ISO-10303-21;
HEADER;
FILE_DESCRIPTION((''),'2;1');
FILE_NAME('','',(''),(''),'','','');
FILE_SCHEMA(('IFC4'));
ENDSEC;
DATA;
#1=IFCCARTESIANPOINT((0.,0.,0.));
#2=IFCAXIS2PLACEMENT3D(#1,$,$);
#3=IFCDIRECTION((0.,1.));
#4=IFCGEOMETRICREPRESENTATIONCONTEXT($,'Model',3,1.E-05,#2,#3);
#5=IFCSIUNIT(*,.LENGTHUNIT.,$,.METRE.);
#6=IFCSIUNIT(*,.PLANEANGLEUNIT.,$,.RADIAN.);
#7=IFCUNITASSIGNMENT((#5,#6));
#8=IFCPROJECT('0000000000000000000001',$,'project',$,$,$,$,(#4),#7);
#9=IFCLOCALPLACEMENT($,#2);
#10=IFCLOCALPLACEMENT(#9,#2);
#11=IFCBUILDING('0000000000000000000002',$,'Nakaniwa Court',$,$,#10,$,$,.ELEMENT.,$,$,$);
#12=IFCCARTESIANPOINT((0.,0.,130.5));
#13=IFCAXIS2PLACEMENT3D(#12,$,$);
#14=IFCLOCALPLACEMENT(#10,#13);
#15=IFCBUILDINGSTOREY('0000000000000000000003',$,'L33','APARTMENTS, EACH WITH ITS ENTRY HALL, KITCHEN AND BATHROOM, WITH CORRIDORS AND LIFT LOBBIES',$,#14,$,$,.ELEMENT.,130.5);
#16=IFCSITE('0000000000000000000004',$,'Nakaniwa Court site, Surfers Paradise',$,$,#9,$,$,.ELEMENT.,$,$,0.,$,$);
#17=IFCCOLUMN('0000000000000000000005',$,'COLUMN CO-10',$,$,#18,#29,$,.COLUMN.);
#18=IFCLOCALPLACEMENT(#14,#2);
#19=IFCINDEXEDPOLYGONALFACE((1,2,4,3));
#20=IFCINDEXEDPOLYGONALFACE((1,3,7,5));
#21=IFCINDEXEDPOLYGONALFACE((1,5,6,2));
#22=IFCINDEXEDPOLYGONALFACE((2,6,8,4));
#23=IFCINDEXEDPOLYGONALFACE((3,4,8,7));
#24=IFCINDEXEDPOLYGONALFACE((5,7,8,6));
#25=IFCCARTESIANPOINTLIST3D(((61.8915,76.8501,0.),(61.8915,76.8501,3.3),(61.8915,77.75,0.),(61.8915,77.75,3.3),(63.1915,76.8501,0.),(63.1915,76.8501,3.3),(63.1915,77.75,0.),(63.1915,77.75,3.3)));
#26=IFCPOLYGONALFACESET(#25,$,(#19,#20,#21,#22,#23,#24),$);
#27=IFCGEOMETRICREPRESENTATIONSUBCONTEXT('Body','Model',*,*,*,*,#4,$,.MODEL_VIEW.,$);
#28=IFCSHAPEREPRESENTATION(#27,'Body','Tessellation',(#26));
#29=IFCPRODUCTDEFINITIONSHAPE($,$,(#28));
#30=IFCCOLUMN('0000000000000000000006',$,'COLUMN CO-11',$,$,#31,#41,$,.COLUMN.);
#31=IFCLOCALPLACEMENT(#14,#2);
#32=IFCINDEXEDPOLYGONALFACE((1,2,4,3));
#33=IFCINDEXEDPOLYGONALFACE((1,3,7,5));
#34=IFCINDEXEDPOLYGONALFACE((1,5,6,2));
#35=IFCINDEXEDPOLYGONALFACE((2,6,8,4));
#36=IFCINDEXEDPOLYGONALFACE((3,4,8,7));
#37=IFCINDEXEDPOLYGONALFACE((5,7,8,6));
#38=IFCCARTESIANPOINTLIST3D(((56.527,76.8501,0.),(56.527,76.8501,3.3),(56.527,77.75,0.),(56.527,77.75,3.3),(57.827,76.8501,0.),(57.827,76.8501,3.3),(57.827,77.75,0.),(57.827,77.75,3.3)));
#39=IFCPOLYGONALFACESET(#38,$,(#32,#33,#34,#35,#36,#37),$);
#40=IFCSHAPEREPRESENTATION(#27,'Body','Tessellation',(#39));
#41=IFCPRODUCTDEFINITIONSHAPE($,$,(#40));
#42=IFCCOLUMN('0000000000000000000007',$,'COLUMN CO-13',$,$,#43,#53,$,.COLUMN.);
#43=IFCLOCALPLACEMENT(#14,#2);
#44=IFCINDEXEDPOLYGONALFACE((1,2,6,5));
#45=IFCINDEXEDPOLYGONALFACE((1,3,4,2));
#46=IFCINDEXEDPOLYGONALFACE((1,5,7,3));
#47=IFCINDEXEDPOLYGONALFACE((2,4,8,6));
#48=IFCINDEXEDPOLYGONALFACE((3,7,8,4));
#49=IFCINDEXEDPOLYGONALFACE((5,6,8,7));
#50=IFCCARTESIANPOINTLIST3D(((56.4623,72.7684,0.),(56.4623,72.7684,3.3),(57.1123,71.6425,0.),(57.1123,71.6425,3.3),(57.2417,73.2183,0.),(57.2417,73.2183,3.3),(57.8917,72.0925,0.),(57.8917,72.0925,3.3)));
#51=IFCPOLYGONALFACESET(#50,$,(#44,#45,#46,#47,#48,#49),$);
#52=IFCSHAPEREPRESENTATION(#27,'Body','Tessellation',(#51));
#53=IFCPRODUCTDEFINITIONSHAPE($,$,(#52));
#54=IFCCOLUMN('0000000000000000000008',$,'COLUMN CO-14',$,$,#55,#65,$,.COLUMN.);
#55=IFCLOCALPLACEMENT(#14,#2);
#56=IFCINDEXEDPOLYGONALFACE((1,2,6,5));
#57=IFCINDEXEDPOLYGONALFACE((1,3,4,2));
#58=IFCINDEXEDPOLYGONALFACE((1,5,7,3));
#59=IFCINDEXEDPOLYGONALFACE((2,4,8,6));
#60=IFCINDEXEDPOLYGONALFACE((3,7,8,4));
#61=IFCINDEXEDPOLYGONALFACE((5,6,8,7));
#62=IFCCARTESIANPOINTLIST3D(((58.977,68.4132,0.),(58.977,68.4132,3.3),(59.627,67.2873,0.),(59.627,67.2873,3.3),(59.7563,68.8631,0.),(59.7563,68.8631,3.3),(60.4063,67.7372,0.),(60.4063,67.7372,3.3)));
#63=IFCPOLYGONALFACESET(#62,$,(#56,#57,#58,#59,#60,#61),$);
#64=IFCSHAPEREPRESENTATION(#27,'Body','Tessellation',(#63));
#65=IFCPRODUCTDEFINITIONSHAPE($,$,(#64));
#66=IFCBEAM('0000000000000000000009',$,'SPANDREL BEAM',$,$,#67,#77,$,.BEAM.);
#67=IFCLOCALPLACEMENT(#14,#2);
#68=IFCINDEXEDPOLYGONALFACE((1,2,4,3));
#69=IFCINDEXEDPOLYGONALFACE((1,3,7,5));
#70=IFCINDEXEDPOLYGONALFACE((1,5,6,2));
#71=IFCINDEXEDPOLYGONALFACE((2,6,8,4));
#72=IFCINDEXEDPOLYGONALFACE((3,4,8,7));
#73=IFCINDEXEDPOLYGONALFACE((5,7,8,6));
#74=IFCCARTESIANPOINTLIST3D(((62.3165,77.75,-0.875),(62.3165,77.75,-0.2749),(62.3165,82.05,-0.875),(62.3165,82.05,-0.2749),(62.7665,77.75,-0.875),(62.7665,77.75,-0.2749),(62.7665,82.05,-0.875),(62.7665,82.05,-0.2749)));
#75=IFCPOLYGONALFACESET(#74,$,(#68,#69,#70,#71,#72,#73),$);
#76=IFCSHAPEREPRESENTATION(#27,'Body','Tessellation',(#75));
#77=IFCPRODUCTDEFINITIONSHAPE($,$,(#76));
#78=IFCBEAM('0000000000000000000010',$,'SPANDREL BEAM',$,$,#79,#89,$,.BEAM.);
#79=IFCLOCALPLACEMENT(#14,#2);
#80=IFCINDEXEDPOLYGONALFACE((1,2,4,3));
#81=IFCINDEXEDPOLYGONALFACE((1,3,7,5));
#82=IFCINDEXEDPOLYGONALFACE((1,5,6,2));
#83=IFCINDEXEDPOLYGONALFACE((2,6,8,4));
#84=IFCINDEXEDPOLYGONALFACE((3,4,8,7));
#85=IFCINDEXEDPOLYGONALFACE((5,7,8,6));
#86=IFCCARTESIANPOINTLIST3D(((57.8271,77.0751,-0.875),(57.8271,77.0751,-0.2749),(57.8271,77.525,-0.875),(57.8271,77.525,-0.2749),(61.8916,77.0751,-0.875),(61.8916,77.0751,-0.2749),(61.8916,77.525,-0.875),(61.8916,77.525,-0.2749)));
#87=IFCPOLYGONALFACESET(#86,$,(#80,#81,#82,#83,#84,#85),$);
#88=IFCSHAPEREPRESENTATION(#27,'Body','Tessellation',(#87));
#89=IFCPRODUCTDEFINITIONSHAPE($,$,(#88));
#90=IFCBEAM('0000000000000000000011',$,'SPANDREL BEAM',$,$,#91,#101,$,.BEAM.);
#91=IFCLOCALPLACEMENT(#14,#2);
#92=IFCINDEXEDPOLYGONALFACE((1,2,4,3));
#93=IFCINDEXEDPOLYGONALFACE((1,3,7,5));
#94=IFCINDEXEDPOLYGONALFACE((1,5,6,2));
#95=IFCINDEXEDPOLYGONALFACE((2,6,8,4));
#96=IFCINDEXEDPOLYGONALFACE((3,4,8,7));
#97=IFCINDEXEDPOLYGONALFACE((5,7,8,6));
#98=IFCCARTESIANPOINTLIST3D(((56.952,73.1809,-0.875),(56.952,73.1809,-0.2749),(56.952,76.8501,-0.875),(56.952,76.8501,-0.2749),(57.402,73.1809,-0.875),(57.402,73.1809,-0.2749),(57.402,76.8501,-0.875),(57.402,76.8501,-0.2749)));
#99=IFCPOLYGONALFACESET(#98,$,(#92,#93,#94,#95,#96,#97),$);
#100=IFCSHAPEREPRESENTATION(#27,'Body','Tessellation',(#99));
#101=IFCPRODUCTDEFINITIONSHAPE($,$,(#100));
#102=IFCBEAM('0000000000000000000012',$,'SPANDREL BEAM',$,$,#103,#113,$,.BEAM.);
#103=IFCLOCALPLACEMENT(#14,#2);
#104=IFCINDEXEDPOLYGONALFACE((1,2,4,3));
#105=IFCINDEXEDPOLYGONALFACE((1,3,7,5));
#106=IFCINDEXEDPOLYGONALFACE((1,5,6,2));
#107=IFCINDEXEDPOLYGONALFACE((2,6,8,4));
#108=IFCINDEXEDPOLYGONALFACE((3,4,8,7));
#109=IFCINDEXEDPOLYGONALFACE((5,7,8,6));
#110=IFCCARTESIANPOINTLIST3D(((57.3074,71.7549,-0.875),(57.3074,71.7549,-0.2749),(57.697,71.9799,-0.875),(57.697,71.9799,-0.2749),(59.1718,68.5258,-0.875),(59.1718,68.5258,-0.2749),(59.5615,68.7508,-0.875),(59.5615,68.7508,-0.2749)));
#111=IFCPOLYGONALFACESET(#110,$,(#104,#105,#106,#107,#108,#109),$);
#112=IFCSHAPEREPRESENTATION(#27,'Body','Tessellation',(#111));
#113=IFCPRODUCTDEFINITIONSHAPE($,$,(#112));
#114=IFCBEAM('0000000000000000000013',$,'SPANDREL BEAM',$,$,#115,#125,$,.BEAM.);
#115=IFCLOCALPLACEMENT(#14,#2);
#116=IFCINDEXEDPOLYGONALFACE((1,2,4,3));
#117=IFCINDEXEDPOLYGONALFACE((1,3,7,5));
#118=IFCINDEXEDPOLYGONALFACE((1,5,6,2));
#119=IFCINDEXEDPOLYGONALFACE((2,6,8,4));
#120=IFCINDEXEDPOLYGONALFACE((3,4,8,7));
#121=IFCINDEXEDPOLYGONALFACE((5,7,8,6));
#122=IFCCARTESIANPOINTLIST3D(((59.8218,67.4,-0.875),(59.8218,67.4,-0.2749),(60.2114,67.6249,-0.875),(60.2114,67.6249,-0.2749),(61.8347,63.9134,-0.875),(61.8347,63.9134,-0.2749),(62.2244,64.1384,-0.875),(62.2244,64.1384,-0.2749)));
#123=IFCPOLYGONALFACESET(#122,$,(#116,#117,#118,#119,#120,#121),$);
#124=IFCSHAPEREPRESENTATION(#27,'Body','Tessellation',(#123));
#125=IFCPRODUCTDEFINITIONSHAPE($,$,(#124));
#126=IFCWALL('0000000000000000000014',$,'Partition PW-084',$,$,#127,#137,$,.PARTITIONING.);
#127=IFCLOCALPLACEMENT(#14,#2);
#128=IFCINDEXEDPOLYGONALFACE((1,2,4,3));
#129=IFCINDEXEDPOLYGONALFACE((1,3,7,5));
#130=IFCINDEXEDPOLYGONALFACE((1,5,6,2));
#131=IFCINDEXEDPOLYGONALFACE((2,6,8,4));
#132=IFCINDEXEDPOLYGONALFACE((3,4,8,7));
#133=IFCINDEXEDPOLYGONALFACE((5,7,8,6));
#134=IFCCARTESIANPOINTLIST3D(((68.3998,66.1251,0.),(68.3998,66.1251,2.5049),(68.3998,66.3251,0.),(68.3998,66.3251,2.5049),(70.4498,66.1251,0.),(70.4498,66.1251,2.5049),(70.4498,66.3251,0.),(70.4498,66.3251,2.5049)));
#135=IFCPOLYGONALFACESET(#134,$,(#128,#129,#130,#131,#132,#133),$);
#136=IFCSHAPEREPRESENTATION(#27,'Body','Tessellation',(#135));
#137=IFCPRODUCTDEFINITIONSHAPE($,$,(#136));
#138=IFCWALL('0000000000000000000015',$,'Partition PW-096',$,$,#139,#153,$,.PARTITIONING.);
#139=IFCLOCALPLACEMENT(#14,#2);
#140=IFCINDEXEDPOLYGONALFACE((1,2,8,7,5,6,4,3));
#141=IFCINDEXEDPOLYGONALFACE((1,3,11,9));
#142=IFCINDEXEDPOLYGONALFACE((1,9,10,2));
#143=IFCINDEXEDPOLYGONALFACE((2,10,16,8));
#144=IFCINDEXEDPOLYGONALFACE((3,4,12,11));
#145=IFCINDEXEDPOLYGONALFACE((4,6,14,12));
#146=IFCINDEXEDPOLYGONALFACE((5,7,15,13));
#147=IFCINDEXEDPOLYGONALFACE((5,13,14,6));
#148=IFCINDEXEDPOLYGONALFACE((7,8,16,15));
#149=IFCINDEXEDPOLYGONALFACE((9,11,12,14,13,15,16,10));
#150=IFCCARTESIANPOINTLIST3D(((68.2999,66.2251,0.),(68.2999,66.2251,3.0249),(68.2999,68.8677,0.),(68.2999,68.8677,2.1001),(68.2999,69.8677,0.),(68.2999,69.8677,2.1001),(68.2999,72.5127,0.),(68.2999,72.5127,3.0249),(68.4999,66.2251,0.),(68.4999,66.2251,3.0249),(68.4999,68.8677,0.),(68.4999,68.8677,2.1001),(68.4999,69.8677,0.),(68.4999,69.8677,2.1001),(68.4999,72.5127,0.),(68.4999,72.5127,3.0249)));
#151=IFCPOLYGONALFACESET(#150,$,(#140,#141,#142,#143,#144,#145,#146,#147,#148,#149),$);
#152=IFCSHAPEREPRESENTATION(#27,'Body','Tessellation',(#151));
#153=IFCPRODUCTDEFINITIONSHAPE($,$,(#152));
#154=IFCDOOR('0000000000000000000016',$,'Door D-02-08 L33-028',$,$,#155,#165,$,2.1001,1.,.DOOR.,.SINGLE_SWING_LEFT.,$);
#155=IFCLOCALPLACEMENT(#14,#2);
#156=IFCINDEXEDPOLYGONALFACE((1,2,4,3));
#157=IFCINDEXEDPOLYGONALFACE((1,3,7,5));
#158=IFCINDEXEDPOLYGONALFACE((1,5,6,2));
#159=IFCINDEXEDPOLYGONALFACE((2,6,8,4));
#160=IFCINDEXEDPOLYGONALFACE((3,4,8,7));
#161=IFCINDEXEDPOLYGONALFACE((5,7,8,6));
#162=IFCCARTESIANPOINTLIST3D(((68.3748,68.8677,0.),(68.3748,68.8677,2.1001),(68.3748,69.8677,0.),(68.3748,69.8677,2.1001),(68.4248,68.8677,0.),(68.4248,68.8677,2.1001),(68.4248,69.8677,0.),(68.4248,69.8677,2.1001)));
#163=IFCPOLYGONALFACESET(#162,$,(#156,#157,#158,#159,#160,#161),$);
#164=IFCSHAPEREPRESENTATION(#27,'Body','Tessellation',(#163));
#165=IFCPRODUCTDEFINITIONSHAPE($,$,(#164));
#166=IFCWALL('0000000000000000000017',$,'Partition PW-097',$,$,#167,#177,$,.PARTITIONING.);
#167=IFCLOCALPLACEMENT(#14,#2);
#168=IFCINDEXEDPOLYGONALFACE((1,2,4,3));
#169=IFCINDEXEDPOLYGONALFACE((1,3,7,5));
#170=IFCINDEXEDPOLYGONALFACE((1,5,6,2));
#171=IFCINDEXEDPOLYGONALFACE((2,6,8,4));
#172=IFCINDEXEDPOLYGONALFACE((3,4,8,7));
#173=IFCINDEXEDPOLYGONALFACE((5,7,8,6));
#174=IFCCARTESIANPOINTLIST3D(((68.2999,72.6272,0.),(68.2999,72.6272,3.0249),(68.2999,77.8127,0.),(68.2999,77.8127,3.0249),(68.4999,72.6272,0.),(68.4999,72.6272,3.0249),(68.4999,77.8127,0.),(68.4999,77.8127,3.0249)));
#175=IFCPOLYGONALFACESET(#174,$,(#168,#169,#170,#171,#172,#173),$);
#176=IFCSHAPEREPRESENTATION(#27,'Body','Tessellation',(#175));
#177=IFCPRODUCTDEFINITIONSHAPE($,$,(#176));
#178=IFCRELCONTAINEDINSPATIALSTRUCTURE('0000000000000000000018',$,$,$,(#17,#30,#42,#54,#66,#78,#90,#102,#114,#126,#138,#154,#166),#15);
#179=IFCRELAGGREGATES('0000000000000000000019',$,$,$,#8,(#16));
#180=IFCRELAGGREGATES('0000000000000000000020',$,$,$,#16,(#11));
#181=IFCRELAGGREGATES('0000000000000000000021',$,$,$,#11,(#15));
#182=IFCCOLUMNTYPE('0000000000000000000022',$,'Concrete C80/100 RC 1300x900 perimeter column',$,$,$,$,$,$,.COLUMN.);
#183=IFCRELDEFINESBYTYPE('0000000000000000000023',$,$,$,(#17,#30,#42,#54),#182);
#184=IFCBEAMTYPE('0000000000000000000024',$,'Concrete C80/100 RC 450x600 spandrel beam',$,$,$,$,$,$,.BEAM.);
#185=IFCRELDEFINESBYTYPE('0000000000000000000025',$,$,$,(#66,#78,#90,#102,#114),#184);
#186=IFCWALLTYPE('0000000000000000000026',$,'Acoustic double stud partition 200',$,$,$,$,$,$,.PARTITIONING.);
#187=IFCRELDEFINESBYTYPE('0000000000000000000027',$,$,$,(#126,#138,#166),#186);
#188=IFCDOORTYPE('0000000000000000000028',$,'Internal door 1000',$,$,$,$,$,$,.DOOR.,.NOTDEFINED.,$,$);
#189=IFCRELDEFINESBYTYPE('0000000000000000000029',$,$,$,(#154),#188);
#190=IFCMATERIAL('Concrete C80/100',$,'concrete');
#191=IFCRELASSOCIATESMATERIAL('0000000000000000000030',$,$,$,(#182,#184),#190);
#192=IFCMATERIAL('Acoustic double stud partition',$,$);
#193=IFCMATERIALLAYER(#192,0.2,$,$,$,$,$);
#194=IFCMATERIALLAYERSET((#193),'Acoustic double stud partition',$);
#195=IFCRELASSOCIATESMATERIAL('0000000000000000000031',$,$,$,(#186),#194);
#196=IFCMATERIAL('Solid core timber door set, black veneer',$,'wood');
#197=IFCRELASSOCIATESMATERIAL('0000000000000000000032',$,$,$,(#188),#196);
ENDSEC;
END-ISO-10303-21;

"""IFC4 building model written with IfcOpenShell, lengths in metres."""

from ifc_helpers import new_model, si_unit, direction, frame, frame_2d, origin, origin_2d, place, context, subcontext, project, spatial, rectangle, extrude, material, layer, layer_set, material_profile, profile_set, type_object, element, fill, save


model = new_model("IFC4")

# Units and contexts
model_context = context("Model", 3, precision=1e-05, world=origin(), true_north=direction((0.0, 1.0)))
body_context = subcontext(model_context, "Body", "Model", "MODEL_VIEW")
ifc_project = project(units=[si_unit("LENGTHUNIT", "METRE"), si_unit("PLANEANGLEUNIT", "RADIAN")], contexts=[model_context])

# Site, building, storey
site_placement = place(None, origin())
site = spatial("IfcSite", under=ifc_project, at=site_placement, Name="Nakaniwa Court site, Surfers Paradise", CompositionType="ELEMENT", RefElevation=0.0)
building_placement = place(site_placement, origin())
building = spatial("IfcBuilding", under=site, at=building_placement, Name="Nakaniwa Court", CompositionType="ELEMENT")
storey_placement = place(building_placement, frame((0.0, 0.0, 130.5)))
storey = spatial("IfcBuildingStorey", under=building, at=storey_placement, Name="L33", Description="APARTMENTS, EACH WITH ITS ENTRY HALL, KITCHEN AND BATHROOM, WITH CORRIDORS AND LIFT LOBBIES", CompositionType="ELEMENT", Elevation=130.5)

# Columns
ifc_material_1 = material(Name="Concrete C80/100", Category="concrete")
ifc_material_profile_1 = material_profile(ifc_material_1, rectangle(XDim=1.3, YDim=0.8999, at=origin_2d()), Name="Concrete C80/100 RC 1300x900 perimeter column")
ifc_profile_set_1 = profile_set([ifc_material_profile_1], Name="Concrete C80/100")
column_type = type_object("IfcColumnType", Name="Concrete C80/100 RC 1300x900 perimeter column", PredefinedType="COLUMN", material=ifc_profile_set_1)
for number, where, z_axis, x_axis, name in (
    (1, (62.5415, 77.3, 0.0), (0.0, 0.0, 1.0), (-1.0, 0.0, 0.0), "COLUMN CO-10"),
    (2, (57.177, 77.3, 0.0), (0.0, 0.0, 1.0), (-1.0, 0.0, 0.0), "COLUMN CO-11"),
    (3, (57.177, 72.4304, 0.0), (0.0, 0.0, 1.0), (0.5, -0.866025, 0.0), "COLUMN CO-13"),
    (4, (59.6917, 68.0752, 0.0), (0.0, 0.0, 1.0), (0.5, -0.866025, 0.0), "COLUMN CO-14"),
):
    element("IfcColumn", number, at=place(storey_placement, frame(where, z_axis=z_axis, x_axis=x_axis)), inside=storey, type_object=column_type, Name=name, PredefinedType="COLUMN", context=body_context, shape_type="SweptSolid", body=[
        extrude(rectangle(XDim=1.3, YDim=0.8999, at=origin_2d()), origin(), (0.0, 0.0, 1.0), 3.3),
    ])

# Beams
ifc_material_profile_2 = material_profile(ifc_material_1, rectangle(XDim=0.45, YDim=0.6001, at=origin_2d()), Name="Concrete C80/100 RC 450x600 spandrel beam")
ifc_profile_set_2 = profile_set([ifc_material_profile_2], Name="Concrete C80/100")
beam_type = type_object("IfcBeamType", Name="Concrete C80/100 RC 450x600 spandrel beam", PredefinedType="BEAM", material=ifc_profile_set_2)
beam_1_placement = place(storey_placement, frame((62.5415, 82.05, -0.575), z_axis=(0.0, -1.0, 0.0), x_axis=(1.0, 0.0, 0.0)))
element("IfcBeam", 5, at=beam_1_placement, inside=storey, type_object=beam_type, Name="SPANDREL BEAM", PredefinedType="BEAM", context=body_context, shape_type="SweptSolid", body=[
    extrude(rectangle(XDim=0.45, YDim=0.6001, at=origin_2d()), origin(), (0.0, 0.0, 1.0), 4.3),
])
beam_2_placement = place(storey_placement, frame((61.8916, 77.3, -0.575), z_axis=(-1.0, 0.0, 0.0), x_axis=(0.0, -1.0, 0.0)))
element("IfcBeam", 6, at=beam_2_placement, inside=storey, type_object=beam_type, Name="SPANDREL BEAM", PredefinedType="BEAM", context=body_context, shape_type="SweptSolid", body=[
    extrude(rectangle(XDim=0.45, YDim=0.6001, at=origin_2d()), origin(), (0.0, 0.0, 1.0), 4.0645),
])
beam_3_placement = place(storey_placement, frame((57.177, 76.8501, -0.575), z_axis=(0.0, -1.0, 0.0), x_axis=(1.0, 0.0, 0.0)))
element("IfcBeam", 7, at=beam_3_placement, inside=storey, type_object=beam_type, Name="SPANDREL BEAM", PredefinedType="BEAM", context=body_context, shape_type="SweptSolid", body=[
    extrude(rectangle(XDim=0.45, YDim=0.6001, at=origin_2d()), origin(), (0.0, 0.0, 1.0), 3.6692),
])
beam_4_placement = place(storey_placement, frame((57.5022, 71.8674, -0.575), z_axis=(0.500019, -0.866014, 0.0), x_axis=(0.866014, 0.500019, 0.0)))
element("IfcBeam", 8, at=beam_4_placement, inside=storey, type_object=beam_type, Name="SPANDREL BEAM", PredefinedType="BEAM", context=body_context, shape_type="SweptSolid", body=[
    extrude(rectangle(XDim=0.45, YDim=0.6001, at=origin_2d()), origin(), (0.0, 0.0, 1.0), 3.7288),
])
beam_5_placement = place(storey_placement, frame((60.0166, 67.5125, -0.575), z_axis=(0.499994, -0.866029, 0.0), x_axis=(0.866029, 0.499994, 0.0)))
element("IfcBeam", 9, at=beam_5_placement, inside=storey, type_object=beam_type, Name="SPANDREL BEAM", PredefinedType="BEAM", context=body_context, shape_type="SweptSolid", body=[
    extrude(rectangle(XDim=0.45, YDim=0.6001, at=origin_2d()), origin(), (0.0, 0.0, 1.0), 4.0259),
])

# Wall
ifc_material_2 = material(Name="Acoustic double stud partition")
ifc_layer_1 = layer(ifc_material_2, 0.2)
ifc_layer_set_1 = layer_set([ifc_layer_1], Name="Acoustic double stud partition")
wall_type_1 = type_object("IfcWallType", Name="Acoustic double stud partition 200", PredefinedType="PARTITIONING", material=ifc_layer_set_1)
wall_1_placement = place(storey_placement, frame((68.3999, 66.2251, 0.0), z_axis=(0.0, 0.0, 1.0), x_axis=(1.0, 0.0, 0.0)))
element("IfcWall", 10, at=wall_1_placement, inside=storey, type_object=wall_type_1, Name="Partition PW-084", PredefinedType="PARTITIONING", context=body_context, shape_type="SweptSolid", body=[
    extrude(rectangle(XDim=2.05, YDim=0.2, at=frame_2d((1.0249, 0.0))), origin(), (0.0, 0.0, 1.0), 2.5049),
])

# Wall, opening, door
wall_2_placement = place(storey_placement, frame((68.3999, 72.5127, 0.0), z_axis=(0.0, 0.0, 1.0), x_axis=(0.0, -1.0, 0.0)))
wall_2 = element("IfcWall", 11, at=wall_2_placement, inside=storey, type_object=wall_type_1, Name="Partition PW-096", PredefinedType="PARTITIONING", context=body_context, shape_type="SweptSolid", body=[
    extrude(rectangle(XDim=6.2876, YDim=0.2, at=frame_2d((3.1438, 0.0))), origin(), (0.0, 0.0, 1.0), 3.0249),
])
opening_1_placement = place(wall_2_placement, frame((2.645, 0.0, 0.0)))
opening_1 = element("IfcOpeningElement", 12, at=opening_1_placement, cuts=wall_2, PredefinedType="OPENING", context=body_context, shape_type="SweptSolid", body=[
    extrude(rectangle(XDim=1.0, YDim=2.1001, at=frame_2d((0.5, 1.05))), frame((0.0, 0.1099, 0.0), z_axis=(0.0, -1.0, 0.0), x_axis=(1.0, 0.0, 0.0)), (0.0, 0.0, 1.0), 0.22),
])
ifc_material_3 = material(Name="Solid core timber door set, black veneer", Category="wood")
door_type_1 = type_object("IfcDoorType", Name="Internal door 1000", OperationType="NOTDEFINED", PredefinedType="DOOR", material=ifc_material_3)
door_1_placement = place(opening_1_placement, origin())
door_1 = element("IfcDoor", 13, at=door_1_placement, inside=storey, type_object=door_type_1, Name="Door D-02-08 L33-028", OperationType="SINGLE_SWING_LEFT", OverallHeight=2.1001, OverallWidth=1.0, PredefinedType="DOOR", context=body_context, shape_type="SweptSolid", body=[
    extrude(rectangle(XDim=1.0, YDim=2.1001, at=frame_2d((0.5, 1.05))), frame((0.0, 0.0249, 0.0), z_axis=(0.0, -1.0, 0.0), x_axis=(1.0, 0.0, 0.0)), (0.0, 0.0, 1.0), 0.05),
])
fill(opening_1, door_1)

# Wall
wall_3_placement = place(storey_placement, frame((68.3999, 72.6272, 0.0), z_axis=(0.0, 0.0, 1.0), x_axis=(0.0, 1.0, 0.0)))
element("IfcWall", 14, at=wall_3_placement, inside=storey, type_object=wall_type_1, Name="Partition PW-097", PredefinedType="PARTITIONING", context=body_context, shape_type="SweptSolid", body=[
    extrude(rectangle(XDim=5.1855, YDim=0.2, at=frame_2d((2.5928, 0.0))), origin(), (0.0, 0.0, 1.0), 3.0249),
])

save(model, "model.ifc")
